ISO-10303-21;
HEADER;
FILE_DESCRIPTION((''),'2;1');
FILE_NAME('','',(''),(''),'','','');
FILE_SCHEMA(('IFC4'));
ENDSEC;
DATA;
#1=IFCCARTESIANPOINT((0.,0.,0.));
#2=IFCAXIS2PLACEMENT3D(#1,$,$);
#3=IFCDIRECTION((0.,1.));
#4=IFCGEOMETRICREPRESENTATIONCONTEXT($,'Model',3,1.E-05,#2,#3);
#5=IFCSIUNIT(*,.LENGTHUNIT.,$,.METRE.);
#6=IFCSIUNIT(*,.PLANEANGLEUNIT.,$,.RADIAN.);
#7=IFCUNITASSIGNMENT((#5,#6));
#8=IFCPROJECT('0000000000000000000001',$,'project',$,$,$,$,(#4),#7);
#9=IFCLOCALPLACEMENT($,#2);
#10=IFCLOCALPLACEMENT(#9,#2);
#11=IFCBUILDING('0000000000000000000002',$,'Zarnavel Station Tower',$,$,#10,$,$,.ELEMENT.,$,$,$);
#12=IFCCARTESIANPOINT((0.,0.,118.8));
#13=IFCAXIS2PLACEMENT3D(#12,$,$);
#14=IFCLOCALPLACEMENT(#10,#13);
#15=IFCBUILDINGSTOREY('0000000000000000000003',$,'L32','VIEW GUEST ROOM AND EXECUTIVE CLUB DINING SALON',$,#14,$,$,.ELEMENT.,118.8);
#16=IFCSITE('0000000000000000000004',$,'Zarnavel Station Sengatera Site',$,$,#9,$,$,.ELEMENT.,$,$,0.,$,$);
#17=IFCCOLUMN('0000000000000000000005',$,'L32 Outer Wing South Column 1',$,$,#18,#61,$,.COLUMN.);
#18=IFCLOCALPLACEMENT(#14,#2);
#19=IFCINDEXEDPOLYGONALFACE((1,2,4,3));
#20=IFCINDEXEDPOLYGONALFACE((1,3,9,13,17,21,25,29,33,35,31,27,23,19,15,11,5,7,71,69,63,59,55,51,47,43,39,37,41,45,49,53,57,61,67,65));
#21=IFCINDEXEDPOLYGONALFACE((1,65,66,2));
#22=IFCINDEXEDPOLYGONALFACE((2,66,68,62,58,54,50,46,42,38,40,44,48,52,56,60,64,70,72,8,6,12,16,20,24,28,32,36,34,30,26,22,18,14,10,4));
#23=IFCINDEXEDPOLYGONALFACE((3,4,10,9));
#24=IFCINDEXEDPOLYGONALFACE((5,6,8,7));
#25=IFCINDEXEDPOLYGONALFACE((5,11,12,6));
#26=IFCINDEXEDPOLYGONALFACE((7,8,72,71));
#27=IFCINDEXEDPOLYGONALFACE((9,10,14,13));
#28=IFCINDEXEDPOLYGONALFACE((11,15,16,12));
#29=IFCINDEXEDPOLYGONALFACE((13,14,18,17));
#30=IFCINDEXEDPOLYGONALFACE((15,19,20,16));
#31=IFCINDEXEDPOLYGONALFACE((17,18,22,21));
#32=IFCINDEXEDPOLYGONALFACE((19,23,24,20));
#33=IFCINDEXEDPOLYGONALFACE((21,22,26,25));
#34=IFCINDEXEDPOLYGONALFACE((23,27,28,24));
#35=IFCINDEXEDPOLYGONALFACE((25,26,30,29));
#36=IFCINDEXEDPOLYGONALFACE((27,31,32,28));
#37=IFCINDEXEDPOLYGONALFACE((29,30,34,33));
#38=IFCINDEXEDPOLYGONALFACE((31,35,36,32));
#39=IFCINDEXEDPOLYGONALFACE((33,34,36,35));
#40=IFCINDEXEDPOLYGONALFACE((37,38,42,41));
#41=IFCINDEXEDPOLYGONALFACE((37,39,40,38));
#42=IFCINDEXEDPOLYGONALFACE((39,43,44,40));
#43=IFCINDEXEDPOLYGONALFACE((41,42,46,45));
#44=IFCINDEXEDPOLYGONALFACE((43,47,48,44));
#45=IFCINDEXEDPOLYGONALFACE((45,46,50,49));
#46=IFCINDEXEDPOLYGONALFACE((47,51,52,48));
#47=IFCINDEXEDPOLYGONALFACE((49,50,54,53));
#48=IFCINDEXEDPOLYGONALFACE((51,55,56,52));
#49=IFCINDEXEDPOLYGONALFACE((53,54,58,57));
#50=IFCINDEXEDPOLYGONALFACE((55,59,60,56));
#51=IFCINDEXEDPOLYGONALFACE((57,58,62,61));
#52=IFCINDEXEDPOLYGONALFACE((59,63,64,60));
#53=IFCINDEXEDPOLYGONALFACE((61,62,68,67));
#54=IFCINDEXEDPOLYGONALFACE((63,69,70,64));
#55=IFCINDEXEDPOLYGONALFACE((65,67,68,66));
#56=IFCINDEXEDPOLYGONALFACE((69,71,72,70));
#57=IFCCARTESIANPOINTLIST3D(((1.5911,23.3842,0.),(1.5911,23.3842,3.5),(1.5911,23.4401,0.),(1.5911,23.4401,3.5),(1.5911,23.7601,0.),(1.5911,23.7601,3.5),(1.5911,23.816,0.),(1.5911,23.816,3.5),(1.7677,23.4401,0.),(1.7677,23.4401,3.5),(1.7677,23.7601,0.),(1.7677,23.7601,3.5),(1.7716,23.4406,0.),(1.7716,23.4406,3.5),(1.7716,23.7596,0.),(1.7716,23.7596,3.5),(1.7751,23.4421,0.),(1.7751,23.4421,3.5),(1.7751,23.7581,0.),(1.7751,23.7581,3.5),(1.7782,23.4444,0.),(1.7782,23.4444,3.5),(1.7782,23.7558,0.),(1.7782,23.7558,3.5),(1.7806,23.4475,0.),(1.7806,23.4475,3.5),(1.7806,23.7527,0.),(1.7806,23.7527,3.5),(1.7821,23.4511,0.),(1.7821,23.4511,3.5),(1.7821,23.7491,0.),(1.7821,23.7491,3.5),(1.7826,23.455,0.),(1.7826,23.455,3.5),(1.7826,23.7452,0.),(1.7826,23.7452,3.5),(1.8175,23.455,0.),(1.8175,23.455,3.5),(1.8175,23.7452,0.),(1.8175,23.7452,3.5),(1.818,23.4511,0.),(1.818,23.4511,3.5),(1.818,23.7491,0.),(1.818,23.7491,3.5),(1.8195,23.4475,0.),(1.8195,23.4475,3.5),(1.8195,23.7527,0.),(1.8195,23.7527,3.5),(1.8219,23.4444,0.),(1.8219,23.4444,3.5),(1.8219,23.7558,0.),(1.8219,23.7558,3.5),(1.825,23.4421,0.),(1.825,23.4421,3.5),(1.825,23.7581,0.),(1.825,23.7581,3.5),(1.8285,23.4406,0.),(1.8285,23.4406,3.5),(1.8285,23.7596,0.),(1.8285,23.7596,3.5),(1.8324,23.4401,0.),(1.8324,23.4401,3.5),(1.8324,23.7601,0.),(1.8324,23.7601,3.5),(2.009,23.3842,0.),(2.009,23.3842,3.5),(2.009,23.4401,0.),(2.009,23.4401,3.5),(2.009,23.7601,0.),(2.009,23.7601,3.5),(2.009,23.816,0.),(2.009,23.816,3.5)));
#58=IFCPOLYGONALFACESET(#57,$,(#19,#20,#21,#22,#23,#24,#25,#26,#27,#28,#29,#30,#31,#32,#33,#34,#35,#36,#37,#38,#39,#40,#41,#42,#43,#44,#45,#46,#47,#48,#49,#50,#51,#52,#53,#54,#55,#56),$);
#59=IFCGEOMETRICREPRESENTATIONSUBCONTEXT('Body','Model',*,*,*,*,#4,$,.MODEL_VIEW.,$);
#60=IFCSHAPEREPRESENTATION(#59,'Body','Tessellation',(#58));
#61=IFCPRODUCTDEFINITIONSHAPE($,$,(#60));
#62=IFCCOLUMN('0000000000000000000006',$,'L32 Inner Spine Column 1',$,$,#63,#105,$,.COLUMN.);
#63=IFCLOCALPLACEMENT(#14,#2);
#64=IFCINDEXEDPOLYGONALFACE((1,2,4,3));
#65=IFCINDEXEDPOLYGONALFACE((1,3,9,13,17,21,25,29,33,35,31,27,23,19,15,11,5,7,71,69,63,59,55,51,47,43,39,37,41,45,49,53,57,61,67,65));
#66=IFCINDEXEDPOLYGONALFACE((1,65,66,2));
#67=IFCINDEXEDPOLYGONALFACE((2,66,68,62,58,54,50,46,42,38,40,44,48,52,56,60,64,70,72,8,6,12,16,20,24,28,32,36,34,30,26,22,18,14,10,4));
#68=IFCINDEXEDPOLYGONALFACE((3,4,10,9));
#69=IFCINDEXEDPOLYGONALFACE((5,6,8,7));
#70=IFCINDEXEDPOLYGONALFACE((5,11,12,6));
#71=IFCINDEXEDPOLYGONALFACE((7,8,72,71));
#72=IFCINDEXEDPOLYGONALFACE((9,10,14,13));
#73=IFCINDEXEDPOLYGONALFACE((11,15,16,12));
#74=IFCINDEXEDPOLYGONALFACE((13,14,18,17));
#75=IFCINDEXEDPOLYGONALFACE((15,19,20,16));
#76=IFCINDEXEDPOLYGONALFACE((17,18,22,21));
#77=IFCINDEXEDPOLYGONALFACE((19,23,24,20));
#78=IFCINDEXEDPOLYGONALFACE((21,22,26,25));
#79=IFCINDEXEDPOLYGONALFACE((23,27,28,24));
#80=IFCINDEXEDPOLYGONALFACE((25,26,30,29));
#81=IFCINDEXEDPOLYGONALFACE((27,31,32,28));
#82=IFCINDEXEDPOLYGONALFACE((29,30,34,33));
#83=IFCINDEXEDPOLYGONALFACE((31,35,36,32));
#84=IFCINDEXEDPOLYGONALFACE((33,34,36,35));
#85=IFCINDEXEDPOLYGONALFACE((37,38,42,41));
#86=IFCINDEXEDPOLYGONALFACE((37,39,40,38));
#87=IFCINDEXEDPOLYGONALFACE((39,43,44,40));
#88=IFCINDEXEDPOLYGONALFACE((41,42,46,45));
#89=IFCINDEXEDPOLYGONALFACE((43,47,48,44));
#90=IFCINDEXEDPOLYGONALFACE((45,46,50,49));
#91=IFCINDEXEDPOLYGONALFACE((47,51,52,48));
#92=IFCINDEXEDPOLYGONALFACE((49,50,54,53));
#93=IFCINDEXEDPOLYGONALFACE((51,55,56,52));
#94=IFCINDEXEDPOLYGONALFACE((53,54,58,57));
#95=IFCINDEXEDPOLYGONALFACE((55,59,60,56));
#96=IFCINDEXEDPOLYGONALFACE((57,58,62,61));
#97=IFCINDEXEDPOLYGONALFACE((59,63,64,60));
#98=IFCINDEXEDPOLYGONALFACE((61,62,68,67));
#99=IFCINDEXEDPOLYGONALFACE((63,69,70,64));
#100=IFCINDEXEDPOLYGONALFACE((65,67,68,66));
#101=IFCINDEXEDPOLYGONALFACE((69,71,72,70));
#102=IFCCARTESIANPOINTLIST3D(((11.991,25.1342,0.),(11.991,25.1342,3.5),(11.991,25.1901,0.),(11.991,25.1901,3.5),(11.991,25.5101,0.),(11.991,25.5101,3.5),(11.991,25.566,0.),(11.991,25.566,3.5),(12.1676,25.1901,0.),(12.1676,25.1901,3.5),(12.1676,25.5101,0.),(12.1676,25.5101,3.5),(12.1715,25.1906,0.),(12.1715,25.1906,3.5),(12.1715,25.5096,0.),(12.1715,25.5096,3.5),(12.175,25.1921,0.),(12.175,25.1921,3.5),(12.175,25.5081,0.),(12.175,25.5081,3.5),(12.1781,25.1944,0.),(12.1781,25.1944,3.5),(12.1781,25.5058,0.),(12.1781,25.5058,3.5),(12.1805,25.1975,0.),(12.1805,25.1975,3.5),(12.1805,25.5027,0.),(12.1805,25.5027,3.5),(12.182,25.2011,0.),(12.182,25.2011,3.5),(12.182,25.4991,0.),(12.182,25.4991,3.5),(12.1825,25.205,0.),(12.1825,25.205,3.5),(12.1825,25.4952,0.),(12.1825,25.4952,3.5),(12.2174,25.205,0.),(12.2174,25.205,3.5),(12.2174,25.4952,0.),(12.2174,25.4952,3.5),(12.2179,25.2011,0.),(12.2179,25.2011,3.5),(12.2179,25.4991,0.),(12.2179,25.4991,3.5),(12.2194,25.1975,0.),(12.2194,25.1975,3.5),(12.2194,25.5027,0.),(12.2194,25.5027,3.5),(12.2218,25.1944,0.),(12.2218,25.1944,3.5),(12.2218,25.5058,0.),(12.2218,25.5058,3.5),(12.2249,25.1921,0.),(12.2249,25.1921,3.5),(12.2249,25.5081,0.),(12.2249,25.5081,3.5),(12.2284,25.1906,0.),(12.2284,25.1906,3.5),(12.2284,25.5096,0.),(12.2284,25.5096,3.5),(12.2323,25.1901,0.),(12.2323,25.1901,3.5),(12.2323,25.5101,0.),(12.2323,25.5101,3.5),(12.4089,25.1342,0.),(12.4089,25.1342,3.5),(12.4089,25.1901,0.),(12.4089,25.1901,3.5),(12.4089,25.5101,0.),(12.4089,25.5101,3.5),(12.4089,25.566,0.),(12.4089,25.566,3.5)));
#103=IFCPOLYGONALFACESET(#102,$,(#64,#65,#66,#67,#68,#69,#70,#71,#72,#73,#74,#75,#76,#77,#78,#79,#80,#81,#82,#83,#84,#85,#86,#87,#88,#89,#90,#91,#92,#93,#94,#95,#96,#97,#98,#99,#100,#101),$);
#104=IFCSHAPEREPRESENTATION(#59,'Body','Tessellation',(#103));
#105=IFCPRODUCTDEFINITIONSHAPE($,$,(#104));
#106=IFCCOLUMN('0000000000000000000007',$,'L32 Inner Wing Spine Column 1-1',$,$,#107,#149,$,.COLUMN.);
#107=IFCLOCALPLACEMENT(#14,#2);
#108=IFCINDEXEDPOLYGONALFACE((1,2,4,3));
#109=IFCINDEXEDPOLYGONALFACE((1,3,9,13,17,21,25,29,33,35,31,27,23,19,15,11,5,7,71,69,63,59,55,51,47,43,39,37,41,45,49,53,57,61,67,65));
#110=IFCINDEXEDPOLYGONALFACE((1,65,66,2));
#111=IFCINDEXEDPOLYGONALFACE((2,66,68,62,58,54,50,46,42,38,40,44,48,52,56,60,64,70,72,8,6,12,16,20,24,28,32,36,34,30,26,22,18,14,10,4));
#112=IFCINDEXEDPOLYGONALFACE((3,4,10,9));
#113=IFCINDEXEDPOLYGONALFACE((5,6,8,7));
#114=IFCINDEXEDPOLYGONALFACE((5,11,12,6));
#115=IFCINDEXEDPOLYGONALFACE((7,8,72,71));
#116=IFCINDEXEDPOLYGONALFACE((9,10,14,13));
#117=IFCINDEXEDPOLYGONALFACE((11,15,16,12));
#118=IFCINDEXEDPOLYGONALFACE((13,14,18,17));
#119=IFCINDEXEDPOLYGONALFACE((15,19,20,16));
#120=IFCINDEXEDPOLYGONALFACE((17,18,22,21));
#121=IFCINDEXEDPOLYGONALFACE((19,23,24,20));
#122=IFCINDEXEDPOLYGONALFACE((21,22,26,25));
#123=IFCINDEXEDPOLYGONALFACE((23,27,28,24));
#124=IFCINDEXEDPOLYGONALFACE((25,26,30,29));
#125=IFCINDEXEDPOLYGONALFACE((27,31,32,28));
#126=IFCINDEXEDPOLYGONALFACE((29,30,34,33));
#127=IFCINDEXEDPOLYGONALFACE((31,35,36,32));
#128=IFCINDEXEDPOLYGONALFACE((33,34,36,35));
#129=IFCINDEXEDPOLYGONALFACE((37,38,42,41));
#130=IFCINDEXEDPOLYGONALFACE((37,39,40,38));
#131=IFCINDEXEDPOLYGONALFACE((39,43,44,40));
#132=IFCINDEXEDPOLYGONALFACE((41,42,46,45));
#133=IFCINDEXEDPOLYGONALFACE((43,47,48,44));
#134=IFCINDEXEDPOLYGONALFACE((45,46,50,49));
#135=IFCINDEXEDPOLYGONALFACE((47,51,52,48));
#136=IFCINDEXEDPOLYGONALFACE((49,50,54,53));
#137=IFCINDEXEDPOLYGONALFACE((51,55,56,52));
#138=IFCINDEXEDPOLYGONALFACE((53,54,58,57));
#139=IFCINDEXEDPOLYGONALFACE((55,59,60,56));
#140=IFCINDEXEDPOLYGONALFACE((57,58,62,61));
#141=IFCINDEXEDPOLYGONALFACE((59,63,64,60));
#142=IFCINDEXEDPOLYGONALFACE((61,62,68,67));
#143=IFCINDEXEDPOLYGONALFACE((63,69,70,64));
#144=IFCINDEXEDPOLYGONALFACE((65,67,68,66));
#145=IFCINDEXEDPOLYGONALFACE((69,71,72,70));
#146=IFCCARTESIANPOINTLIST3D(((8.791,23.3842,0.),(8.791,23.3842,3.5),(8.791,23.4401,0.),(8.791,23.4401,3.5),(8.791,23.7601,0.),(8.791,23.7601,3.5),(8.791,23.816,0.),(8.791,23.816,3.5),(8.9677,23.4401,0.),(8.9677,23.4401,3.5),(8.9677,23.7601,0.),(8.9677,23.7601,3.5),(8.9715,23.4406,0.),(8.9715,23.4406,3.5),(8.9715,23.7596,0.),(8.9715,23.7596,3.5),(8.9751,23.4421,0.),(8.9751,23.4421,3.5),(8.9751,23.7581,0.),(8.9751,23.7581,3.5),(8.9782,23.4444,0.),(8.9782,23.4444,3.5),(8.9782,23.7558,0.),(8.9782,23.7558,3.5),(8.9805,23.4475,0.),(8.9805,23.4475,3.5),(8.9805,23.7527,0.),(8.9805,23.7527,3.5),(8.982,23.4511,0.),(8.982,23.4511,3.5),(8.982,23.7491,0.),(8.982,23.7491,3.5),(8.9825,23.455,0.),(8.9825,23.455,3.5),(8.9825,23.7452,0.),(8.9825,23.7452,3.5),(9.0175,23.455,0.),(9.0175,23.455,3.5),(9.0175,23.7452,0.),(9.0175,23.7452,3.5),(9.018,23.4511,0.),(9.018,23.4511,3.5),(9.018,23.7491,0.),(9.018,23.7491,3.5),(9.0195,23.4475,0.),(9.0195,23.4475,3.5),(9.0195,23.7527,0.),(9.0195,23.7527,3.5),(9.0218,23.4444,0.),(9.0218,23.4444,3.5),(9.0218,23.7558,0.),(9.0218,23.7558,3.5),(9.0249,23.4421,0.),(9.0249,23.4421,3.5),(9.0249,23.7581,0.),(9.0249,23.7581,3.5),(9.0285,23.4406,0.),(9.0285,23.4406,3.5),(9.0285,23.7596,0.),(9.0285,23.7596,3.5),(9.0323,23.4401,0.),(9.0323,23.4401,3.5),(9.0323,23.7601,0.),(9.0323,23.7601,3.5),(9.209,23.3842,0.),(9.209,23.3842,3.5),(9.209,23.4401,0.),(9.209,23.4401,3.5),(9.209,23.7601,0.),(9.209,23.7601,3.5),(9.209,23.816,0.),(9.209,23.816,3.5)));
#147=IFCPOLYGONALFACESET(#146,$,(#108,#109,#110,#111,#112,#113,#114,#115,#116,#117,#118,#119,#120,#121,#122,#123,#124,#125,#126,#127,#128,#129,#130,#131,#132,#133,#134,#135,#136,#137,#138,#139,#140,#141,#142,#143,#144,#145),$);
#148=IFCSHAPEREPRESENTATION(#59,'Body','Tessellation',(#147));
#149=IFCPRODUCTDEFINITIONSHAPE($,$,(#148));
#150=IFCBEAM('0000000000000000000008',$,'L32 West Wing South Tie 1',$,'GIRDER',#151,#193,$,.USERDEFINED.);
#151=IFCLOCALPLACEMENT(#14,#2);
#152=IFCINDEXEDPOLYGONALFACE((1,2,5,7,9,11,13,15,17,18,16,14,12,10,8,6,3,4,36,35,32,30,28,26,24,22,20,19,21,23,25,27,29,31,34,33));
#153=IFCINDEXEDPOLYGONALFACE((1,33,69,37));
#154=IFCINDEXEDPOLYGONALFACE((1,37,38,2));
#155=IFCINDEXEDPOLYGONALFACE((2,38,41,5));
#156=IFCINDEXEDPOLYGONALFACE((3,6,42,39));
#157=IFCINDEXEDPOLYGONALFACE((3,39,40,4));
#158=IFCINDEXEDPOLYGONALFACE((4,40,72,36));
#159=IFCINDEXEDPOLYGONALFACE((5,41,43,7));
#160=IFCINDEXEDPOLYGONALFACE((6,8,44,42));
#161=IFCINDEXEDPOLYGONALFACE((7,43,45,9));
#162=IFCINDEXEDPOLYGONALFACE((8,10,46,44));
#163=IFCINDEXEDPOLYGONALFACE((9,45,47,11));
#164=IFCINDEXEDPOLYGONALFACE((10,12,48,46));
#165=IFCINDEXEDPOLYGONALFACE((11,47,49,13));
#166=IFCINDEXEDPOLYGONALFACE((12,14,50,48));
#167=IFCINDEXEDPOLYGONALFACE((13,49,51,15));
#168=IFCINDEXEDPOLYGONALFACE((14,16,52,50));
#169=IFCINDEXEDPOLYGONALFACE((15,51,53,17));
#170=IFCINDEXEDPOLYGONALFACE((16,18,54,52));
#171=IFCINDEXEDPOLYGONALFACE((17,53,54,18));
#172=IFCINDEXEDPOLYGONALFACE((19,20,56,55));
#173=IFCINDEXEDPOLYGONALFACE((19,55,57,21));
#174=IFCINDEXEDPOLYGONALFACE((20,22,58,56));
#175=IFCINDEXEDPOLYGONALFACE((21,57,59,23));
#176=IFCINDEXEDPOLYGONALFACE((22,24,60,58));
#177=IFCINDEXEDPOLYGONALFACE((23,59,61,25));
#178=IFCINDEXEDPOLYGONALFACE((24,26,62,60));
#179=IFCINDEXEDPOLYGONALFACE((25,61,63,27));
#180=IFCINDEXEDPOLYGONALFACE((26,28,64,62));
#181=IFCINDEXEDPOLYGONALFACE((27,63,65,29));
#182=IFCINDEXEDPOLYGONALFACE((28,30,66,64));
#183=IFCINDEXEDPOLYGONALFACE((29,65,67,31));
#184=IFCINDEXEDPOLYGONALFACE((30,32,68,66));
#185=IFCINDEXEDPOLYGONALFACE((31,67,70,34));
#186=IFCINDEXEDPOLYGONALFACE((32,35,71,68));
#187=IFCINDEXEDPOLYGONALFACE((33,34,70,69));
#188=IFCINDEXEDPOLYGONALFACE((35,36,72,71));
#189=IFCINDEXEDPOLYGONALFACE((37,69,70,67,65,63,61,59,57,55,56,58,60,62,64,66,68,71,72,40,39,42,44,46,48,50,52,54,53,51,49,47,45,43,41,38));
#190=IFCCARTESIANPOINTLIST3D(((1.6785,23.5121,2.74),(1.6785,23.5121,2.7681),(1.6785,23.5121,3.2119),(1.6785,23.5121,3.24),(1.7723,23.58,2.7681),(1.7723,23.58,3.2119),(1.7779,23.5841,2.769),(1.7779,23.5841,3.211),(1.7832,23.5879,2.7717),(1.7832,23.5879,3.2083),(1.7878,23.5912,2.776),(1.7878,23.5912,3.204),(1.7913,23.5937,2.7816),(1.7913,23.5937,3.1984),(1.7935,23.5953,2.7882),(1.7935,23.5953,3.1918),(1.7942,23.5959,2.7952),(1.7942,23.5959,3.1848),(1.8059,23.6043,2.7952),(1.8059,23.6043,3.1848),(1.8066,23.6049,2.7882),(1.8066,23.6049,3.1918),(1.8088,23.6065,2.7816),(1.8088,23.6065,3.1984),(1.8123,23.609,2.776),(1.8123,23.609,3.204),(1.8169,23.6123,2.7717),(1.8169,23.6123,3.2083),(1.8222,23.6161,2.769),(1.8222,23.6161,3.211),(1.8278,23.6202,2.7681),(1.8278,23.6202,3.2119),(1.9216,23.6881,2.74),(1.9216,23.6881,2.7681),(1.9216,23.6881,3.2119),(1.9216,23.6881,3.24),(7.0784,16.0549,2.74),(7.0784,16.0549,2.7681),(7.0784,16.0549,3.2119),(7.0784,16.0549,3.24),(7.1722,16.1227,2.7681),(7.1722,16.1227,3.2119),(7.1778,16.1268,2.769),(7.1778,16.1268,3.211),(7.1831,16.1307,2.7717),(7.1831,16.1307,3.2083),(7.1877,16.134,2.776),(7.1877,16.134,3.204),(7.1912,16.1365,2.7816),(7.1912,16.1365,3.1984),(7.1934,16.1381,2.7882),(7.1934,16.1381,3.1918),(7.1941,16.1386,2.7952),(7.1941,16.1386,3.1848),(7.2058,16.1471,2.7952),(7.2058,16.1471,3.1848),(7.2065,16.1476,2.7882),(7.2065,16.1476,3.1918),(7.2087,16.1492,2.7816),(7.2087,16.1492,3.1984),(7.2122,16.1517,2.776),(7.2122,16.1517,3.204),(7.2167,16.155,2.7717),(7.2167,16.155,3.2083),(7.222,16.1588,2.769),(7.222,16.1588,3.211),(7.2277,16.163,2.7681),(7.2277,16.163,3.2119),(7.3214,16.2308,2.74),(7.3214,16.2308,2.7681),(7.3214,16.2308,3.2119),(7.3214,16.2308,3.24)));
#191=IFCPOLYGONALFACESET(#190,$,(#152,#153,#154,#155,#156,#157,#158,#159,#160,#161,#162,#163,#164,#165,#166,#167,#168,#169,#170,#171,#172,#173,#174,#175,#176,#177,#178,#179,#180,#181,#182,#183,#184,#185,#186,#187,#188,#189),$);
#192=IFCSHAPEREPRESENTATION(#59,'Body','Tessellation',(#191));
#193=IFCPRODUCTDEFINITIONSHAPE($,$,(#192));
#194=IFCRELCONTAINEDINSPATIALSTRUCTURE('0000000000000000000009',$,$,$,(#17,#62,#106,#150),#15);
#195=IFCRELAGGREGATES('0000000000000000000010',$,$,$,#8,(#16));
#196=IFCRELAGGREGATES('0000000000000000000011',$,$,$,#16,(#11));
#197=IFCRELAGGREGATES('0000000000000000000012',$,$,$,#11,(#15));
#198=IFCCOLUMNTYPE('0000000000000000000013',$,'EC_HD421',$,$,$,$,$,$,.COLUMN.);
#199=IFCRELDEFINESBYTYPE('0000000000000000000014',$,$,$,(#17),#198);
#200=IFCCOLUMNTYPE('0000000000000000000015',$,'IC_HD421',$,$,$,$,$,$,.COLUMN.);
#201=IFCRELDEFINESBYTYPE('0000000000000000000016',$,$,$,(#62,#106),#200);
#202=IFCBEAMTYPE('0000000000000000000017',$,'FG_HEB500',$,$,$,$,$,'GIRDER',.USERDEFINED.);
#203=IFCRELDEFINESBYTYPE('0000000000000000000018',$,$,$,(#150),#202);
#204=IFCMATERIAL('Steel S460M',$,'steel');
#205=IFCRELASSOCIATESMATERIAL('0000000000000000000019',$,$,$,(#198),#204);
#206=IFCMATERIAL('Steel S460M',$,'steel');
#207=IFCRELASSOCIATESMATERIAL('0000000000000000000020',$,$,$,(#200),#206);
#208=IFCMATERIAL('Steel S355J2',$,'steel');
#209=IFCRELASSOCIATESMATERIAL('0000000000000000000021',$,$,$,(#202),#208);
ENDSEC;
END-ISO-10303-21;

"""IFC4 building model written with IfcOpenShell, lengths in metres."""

from ifc_helpers import new_model, si_unit, direction, frame, origin, origin_2d, place, context, subcontext, project, spatial, i_section, extrude, material, material_profile, profile_set, type_object, element, save


model = new_model("IFC4")

# Units and contexts
model_context = context("Model", 3, precision=1e-05, world=origin(), true_north=direction((0.0, 1.0)))
body_context = subcontext(model_context, "Body", "Model", "MODEL_VIEW")
ifc_project = project(units=[si_unit("LENGTHUNIT", "METRE"), si_unit("PLANEANGLEUNIT", "RADIAN")], contexts=[model_context])

# Site, building, storey
site_placement = place(None, origin())
site = spatial("IfcSite", under=ifc_project, at=site_placement, Name="Zarnavel Station Sengatera Site", CompositionType="ELEMENT", RefElevation=0.0)
building_placement = place(site_placement, origin())
building = spatial("IfcBuilding", under=site, at=building_placement, Name="Zarnavel Station Tower", CompositionType="ELEMENT")
storey_placement = place(building_placement, frame((0.0, 0.0, 118.8)))
storey = spatial("IfcBuildingStorey", under=building, at=storey_placement, Name="L32", Description="VIEW GUEST ROOM AND EXECUTIVE CLUB DINING SALON", CompositionType="ELEMENT", Elevation=118.8)

# Columns
ifc_material_1 = material(Name="Steel S460M", Category="steel")
ifc_material_profile_1 = material_profile(ifc_material_1, i_section(OverallWidth=0.418, OverallDepth=0.4319, WebThickness=0.0349, FlangeThickness=0.0559, FilletRadius=0.0149, at=origin_2d()), Name="HD400x421")
ifc_profile_set_1 = profile_set([ifc_material_profile_1], Name="Steel S460M")
column_type_1 = type_object("IfcColumnType", Name="EC_HD421", PredefinedType="COLUMN", material=ifc_profile_set_1)
column_placement = place(storey_placement, frame((1.8, 23.6001, 0.0), z_axis=(0.0, 0.0, 1.0), x_axis=(1.0, 0.0, 0.0)))
element("IfcColumn", 1, at=column_placement, inside=storey, type_object=column_type_1, Name="L32 Outer Wing South Column 1", PredefinedType="COLUMN", context=body_context, shape_type="SweptSolid", body=[
    extrude(i_section(OverallWidth=0.418, OverallDepth=0.4319, WebThickness=0.0349, FlangeThickness=0.0559, FilletRadius=0.0149, at=origin_2d()), origin(), (0.0, 0.0, 1.0), 3.5),
])
ifc_material_2 = material(Name="Steel S460M", Category="steel")
ifc_material_profile_2 = material_profile(ifc_material_2, i_section(OverallWidth=0.418, OverallDepth=0.4319, WebThickness=0.0349, FlangeThickness=0.0559, FilletRadius=0.0149, at=origin_2d()), Name="HD400x421")
ifc_profile_set_2 = profile_set([ifc_material_profile_2], Name="Steel S460M")
column_type_2 = type_object("IfcColumnType", Name="IC_HD421", PredefinedType="COLUMN", material=ifc_profile_set_2)
for number, where, z_axis, x_axis, name in (
    (2, (12.2, 25.3501, 0.0), (0.0, 0.0, 1.0), (1.0, 0.0, 0.0), "L32 Inner Spine Column 1"),
    (3, (9.0, 23.6001, 0.0), (0.0, 0.0, 1.0), (1.0, 0.0, 0.0), "L32 Inner Wing Spine Column 1-1"),
):
    element("IfcColumn", number, at=place(storey_placement, frame(where, z_axis=z_axis, x_axis=x_axis)), inside=storey, type_object=column_type_2, Name=name, PredefinedType="COLUMN", context=body_context, shape_type="SweptSolid", body=[
        extrude(i_section(OverallWidth=0.418, OverallDepth=0.4319, WebThickness=0.0349, FlangeThickness=0.0559, FilletRadius=0.0149, at=origin_2d()), origin(), (0.0, 0.0, 1.0), 3.5),
    ])

# Beam
ifc_material_3 = material(Name="Steel S355J2", Category="steel")
ifc_material_profile_3 = material_profile(ifc_material_3, i_section(OverallWidth=0.3, OverallDepth=0.5, WebThickness=0.0144, FlangeThickness=0.0281, FilletRadius=0.0271, at=origin_2d()), Name="HEB500")
ifc_profile_set_3 = profile_set([ifc_material_profile_3], Name="Steel S355J2")
beam_type_1 = type_object("IfcBeamType", Name="FG_HEB500", ElementType="GIRDER", PredefinedType="USERDEFINED", material=ifc_profile_set_3)
beam_1_placement = place(storey_placement, frame((1.8, 23.6001, 2.99), z_axis=(0.586496, -0.809952, 0.0), x_axis=(0.809952, 0.586496, 0.0)))
element("IfcBeam", 4, at=beam_1_placement, inside=storey, type_object=beam_type_1, Name="L32 West Wing South Tie 1", ObjectType="GIRDER", PredefinedType="USERDEFINED", context=body_context, shape_type="SweptSolid", body=[
    extrude(i_section(OverallWidth=0.3, OverallDepth=0.5, WebThickness=0.0144, FlangeThickness=0.0281, FilletRadius=0.0271, at=origin_2d()), origin(), (0.0, 0.0, 1.0), 9.207),
])

save(model, "model.ifc")
